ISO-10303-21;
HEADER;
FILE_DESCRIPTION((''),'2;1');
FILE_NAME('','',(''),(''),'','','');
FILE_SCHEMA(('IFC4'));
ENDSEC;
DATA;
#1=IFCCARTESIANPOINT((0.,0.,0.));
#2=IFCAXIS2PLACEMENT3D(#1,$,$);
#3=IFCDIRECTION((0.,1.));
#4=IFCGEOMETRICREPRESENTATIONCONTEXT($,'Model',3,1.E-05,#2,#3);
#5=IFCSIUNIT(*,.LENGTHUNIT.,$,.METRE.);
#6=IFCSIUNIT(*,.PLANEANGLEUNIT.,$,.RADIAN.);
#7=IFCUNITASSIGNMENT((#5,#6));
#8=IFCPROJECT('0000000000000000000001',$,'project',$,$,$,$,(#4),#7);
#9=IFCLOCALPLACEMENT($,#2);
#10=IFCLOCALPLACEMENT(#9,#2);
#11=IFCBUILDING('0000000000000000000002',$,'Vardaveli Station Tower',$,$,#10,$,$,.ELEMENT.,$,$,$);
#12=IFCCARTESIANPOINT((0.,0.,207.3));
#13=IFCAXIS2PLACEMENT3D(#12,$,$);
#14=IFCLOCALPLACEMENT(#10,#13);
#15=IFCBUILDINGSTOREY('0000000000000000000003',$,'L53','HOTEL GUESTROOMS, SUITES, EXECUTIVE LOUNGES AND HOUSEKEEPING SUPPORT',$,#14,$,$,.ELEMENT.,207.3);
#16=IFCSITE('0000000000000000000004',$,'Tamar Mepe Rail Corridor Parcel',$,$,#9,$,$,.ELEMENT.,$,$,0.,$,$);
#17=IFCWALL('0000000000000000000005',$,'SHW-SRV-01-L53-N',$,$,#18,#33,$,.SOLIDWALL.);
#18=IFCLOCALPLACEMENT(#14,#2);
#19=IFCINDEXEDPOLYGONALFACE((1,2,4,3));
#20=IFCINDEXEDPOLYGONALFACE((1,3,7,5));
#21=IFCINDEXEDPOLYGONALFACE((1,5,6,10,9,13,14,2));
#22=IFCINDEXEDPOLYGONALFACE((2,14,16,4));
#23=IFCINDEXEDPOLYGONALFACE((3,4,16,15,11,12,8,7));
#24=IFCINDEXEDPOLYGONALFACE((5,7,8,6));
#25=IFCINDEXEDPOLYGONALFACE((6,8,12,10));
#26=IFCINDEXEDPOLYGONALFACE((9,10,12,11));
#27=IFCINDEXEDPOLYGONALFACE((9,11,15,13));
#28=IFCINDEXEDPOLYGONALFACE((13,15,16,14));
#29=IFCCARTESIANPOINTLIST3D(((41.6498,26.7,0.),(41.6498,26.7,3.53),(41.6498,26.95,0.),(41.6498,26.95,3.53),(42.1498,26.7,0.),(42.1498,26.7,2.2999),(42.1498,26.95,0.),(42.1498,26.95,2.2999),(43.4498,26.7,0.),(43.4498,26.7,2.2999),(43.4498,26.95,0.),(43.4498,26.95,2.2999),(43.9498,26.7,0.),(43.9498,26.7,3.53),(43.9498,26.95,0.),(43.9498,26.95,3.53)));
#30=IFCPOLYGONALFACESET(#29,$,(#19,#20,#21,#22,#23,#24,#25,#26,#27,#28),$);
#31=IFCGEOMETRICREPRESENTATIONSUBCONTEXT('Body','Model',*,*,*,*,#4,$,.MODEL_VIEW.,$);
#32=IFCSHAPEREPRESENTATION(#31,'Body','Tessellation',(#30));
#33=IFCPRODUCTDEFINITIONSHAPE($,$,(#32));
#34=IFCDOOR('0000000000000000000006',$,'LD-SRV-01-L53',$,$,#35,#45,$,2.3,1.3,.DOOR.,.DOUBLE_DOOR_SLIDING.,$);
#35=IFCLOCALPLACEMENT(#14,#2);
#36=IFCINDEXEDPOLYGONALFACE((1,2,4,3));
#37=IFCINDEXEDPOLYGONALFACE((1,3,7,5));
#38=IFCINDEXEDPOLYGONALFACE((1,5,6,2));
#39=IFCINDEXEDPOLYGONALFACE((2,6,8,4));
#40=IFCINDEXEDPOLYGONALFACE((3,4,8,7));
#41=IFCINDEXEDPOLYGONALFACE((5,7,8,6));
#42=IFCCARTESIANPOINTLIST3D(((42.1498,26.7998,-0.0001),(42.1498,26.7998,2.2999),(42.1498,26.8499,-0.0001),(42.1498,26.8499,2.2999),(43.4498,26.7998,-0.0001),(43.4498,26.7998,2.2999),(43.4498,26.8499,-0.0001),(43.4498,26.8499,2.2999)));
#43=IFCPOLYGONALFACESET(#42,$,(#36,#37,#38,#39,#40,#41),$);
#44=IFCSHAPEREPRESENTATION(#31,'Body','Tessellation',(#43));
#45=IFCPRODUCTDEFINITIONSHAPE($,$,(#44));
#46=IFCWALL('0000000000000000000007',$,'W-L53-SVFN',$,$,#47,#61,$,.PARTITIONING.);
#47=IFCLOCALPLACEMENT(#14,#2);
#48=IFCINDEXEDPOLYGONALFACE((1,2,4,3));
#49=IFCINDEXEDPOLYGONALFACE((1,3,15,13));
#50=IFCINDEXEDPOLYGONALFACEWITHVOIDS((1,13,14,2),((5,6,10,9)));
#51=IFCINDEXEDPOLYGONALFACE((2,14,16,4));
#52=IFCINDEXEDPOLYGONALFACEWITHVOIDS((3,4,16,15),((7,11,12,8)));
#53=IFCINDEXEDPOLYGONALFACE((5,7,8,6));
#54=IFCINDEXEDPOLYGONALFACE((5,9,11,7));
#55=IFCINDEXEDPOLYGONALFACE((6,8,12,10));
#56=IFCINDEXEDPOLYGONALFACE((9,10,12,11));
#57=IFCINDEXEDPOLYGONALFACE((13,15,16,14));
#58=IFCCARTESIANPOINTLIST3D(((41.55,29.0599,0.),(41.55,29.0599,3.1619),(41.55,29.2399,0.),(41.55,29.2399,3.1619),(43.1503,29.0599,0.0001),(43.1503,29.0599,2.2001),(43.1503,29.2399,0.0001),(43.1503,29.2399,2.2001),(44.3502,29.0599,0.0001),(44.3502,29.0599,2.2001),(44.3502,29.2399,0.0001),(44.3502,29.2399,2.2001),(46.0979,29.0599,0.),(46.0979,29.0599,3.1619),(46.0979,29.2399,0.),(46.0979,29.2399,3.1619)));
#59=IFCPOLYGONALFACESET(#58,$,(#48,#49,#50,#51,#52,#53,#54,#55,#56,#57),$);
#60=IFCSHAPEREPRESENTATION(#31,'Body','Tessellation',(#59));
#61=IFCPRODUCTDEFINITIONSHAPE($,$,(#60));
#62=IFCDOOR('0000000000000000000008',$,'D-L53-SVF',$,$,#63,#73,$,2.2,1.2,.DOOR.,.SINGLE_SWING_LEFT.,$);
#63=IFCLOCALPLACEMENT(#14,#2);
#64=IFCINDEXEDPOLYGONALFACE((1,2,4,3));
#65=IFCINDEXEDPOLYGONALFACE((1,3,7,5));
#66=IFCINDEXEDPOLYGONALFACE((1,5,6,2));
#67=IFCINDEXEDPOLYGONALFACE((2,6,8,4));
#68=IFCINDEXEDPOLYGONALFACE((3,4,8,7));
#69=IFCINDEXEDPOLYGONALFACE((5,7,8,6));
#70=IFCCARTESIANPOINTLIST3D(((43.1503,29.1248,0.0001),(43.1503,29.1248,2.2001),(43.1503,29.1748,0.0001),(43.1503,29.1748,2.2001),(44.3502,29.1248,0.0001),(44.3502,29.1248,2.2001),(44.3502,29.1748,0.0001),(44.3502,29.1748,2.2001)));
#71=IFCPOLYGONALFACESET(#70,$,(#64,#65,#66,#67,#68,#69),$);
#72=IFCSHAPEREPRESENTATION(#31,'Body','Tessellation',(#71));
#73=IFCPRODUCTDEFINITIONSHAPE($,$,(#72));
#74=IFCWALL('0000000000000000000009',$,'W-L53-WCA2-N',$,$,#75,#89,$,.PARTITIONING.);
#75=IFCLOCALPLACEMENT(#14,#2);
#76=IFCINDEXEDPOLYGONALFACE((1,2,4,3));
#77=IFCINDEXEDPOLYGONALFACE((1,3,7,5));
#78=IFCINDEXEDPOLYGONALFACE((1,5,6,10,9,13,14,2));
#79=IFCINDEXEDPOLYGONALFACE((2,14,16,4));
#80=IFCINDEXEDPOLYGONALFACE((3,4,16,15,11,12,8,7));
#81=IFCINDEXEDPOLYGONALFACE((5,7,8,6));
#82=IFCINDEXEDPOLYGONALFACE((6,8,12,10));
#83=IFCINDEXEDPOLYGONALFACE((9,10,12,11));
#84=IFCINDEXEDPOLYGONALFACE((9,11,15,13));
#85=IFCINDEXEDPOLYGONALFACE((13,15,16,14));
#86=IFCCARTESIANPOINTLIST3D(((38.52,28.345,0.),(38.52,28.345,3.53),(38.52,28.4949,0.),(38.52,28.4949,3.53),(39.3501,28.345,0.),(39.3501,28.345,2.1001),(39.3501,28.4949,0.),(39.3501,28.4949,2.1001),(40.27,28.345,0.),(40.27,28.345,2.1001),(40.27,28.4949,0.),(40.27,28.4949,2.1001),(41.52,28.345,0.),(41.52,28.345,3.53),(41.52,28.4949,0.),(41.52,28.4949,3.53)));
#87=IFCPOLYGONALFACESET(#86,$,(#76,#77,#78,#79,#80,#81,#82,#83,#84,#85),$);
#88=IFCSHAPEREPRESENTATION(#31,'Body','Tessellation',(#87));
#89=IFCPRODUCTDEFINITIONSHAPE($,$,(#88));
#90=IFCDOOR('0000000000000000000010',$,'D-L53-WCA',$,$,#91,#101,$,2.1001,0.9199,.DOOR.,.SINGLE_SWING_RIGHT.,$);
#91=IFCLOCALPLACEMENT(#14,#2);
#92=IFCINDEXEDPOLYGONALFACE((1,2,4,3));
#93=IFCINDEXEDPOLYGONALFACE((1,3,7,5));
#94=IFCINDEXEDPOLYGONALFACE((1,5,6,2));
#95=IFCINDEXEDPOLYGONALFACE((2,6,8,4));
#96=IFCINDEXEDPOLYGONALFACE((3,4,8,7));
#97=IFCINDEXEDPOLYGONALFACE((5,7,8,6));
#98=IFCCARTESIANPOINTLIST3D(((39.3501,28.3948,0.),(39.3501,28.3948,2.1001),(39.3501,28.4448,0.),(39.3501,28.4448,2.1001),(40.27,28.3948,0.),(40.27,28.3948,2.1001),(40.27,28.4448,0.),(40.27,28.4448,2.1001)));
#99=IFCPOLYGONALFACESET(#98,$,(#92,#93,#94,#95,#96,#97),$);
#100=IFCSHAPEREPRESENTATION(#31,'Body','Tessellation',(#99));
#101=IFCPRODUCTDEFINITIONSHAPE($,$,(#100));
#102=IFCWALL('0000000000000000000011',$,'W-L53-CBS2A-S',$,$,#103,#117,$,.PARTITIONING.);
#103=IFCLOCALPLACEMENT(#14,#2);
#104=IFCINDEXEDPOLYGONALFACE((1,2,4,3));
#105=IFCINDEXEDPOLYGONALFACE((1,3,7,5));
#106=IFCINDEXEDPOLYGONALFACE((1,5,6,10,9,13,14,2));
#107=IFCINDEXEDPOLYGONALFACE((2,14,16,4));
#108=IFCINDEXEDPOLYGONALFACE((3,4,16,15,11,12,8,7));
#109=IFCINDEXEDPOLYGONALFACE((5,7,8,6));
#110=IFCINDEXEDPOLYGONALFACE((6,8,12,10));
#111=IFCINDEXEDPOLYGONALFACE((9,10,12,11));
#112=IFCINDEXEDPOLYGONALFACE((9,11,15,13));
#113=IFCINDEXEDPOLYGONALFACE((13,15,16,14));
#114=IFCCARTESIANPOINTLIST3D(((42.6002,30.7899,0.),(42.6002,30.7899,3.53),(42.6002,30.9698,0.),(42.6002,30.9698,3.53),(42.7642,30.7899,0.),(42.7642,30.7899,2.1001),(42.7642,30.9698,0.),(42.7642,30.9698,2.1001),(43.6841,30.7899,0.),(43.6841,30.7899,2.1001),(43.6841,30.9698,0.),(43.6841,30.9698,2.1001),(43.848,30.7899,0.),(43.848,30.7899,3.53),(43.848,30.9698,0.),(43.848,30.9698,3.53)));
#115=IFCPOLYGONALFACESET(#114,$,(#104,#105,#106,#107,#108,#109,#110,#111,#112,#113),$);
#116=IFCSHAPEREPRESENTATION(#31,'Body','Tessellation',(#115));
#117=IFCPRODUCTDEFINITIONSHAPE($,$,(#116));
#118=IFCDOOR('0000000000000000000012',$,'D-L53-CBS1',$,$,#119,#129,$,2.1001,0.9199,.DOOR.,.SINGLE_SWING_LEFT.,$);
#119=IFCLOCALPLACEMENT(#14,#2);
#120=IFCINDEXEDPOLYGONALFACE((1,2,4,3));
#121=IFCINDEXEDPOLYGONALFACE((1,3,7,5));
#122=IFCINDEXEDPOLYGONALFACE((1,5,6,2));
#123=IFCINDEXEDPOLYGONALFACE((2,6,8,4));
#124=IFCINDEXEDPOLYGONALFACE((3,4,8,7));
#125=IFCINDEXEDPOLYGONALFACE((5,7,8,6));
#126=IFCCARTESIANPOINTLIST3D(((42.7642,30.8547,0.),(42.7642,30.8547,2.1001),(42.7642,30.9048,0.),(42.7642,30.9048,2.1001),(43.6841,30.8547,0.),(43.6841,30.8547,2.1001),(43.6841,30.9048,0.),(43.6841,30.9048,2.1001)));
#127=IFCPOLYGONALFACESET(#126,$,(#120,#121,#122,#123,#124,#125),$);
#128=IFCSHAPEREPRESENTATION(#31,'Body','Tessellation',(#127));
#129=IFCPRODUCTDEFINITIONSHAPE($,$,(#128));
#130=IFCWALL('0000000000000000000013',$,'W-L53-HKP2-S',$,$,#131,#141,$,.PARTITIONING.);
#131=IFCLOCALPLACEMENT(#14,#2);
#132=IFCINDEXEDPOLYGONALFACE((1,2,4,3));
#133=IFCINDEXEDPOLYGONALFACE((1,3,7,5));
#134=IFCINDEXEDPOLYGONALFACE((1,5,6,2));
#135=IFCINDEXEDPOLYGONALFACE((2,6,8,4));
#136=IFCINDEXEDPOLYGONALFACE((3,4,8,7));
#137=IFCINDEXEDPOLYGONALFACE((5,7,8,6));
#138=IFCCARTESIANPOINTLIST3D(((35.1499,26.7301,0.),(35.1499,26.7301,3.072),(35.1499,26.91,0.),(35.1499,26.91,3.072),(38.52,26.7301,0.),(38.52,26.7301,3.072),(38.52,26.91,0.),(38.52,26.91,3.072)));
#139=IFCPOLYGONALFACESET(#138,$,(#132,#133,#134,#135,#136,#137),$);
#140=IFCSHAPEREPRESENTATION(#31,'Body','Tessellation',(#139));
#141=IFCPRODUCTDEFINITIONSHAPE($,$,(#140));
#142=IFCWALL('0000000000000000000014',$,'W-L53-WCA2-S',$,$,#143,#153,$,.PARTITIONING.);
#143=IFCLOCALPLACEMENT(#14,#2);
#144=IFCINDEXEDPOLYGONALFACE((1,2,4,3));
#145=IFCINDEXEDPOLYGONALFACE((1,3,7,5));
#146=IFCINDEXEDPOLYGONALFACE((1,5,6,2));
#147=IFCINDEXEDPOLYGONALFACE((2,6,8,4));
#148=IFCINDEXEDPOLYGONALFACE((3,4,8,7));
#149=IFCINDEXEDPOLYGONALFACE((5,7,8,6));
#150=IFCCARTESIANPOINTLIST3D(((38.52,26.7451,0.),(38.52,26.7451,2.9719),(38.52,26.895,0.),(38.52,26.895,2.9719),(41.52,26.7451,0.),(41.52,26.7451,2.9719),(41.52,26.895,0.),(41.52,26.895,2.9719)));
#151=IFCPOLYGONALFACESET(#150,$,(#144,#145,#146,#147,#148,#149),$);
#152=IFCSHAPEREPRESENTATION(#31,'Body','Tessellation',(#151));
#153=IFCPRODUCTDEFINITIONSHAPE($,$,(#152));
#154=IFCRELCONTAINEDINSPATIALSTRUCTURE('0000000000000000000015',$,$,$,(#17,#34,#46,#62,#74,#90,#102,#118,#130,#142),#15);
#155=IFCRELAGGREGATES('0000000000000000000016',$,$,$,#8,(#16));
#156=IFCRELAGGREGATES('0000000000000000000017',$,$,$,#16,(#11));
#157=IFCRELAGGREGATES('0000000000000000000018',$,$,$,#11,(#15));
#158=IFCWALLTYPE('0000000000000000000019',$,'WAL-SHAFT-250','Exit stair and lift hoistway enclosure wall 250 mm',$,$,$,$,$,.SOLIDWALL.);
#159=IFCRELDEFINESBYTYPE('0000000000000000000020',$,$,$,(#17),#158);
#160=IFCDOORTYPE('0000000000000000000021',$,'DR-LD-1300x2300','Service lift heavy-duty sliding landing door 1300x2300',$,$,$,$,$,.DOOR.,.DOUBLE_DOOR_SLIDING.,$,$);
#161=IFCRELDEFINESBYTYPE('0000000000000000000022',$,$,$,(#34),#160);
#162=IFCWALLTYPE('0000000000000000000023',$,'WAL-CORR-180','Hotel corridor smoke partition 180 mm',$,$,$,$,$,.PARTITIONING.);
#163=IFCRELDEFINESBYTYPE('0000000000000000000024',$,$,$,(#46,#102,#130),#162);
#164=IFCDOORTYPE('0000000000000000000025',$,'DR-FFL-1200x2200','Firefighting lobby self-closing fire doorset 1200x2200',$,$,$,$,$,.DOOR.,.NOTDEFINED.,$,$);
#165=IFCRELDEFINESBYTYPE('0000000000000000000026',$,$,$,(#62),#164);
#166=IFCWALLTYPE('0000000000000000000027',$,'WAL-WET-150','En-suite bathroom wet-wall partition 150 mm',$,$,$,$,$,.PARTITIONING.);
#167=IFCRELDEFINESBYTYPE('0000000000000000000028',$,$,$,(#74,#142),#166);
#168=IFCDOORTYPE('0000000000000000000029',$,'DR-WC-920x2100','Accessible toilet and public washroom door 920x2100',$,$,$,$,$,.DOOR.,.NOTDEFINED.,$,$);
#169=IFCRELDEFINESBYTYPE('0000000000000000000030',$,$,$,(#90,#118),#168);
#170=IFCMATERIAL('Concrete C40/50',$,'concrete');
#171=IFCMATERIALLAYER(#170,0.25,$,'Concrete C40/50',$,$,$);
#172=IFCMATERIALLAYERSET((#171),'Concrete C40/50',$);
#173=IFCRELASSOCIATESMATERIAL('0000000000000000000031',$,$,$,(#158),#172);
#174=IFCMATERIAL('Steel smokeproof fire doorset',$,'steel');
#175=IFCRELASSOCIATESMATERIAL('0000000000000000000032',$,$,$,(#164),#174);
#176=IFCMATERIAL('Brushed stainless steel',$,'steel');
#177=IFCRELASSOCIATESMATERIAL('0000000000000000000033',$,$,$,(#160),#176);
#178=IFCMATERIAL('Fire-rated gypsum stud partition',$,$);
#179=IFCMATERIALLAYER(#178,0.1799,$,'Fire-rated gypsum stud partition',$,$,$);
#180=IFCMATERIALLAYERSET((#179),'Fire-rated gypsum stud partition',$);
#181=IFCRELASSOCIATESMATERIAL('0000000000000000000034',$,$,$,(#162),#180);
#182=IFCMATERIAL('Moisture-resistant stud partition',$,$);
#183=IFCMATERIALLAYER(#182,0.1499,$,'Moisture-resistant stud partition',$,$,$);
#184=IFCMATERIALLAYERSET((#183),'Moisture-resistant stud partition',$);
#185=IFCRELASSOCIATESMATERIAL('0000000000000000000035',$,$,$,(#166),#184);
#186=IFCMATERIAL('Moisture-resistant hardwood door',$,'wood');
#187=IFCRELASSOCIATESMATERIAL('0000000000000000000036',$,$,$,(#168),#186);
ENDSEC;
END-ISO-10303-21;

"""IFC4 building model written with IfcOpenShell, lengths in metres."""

from ifc_helpers import new_model, si_unit, direction, frame, frame_2d, origin, place, context, subcontext, project, spatial, rectangle, extrude, source, transform, mapped, material, layer, layer_set, type_object, element, fill, save


model = new_model("IFC4")

# Units and contexts
model_context = context("Model", 3, precision=1e-05, world=origin(), true_north=direction((0.0, 1.0)))
body_context = subcontext(model_context, "Body", "Model", "MODEL_VIEW")
ifc_project = project(units=[si_unit("LENGTHUNIT", "METRE"), si_unit("PLANEANGLEUNIT", "RADIAN")], contexts=[model_context])

# Site, building, storey
site_placement = place(None, origin())
site = spatial("IfcSite", under=ifc_project, at=site_placement, Name="Tamar Mepe Rail Corridor Parcel", CompositionType="ELEMENT", RefElevation=0.0)
building_placement = place(site_placement, origin())
building = spatial("IfcBuilding", under=site, at=building_placement, Name="Vardaveli Station Tower", CompositionType="ELEMENT")
storey_placement = place(building_placement, frame((0.0, 0.0, 207.3)))
storey = spatial("IfcBuildingStorey", under=building, at=storey_placement, Name="L53", Description="HOTEL GUESTROOMS, SUITES, EXECUTIVE LOUNGES AND HOUSEKEEPING SUPPORT", CompositionType="ELEMENT", Elevation=207.3)

# Shared definitions
ifc_material_1 = material(Name="Concrete C40/50", Category="concrete")
ifc_layer_1 = layer(ifc_material_1, 0.25, Name="Concrete C40/50")
ifc_layer_set_1 = layer_set([ifc_layer_1], Name="Concrete C40/50")
wall_type_1 = type_object("IfcWallType", Name="WAL-SHAFT-250", Description="Exit stair and lift hoistway enclosure wall 250 mm", PredefinedType="SOLIDWALL", material=ifc_layer_set_1)

# Walls, openings, doors
ifc_material_2 = material(Name="Steel smokeproof fire doorset", Category="steel")
door_type_1 = type_object("IfcDoorType", Name="DR-FFL-1200x2200", Description="Firefighting lobby self-closing fire doorset 1200x2200", OperationType="NOTDEFINED", PredefinedType="DOOR", material=ifc_material_2)
shared_shape_1 = source(origin(), body_context, "Body", "SweptSolid", [
    extrude(rectangle(XDim=1.2, YDim=2.2, at=frame_2d((0.6001, 1.1001))), frame((0.0, 0.0249, 0.0), z_axis=(0.0, -1.0, 0.0), x_axis=(1.0, 0.0, 0.0)), (0.0, 0.0, 1.0), 0.05),
])
shared_shape_2 = source(origin(), body_context, "Body", "SweptSolid", [
    extrude(rectangle(XDim=2.3, YDim=0.25, at=frame_2d((1.1499, 0.0))), origin(), (0.0, 0.0, 1.0), 3.53),
])
wall_1_placement = place(storey_placement, frame((41.6499, 26.825, 0.0), z_axis=(0.0, 0.0, 1.0), x_axis=(1.0, 0.0, 0.0)))
wall_1 = element("IfcWall", 1, at=wall_1_placement, inside=storey, type_object=wall_type_1, Name="SHW-SRV-01-L53-N", PredefinedType="SOLIDWALL", context=body_context, shape_type="MappedRepresentation", body=[
    mapped(shared_shape_2, transform((0.0, 0.0, 0.0), scale=1.0)),
])
shared_shape_3 = source(origin(), body_context, "Body", "SweptSolid", [
    extrude(rectangle(XDim=1.3, YDim=2.3, at=frame_2d((0.6499, 1.1499))), frame((0.0, 0.135, 0.0), z_axis=(0.0, -1.0, 0.0), x_axis=(1.0, 0.0, 0.0)), (0.0, 0.0, 1.0), 0.27),
])
opening_1_placement = place(wall_1_placement, frame((0.5, 0.0, 0.0)))
opening_1 = element("IfcOpeningElement", 2, at=opening_1_placement, cuts=wall_1, PredefinedType="OPENING", context=body_context, shape_type="MappedRepresentation", body=[
    mapped(shared_shape_3, transform((0.0, 0.0, 0.0), scale=1.0)),
])
ifc_material_3 = material(Name="Brushed stainless steel", Category="steel")
door_type_2 = type_object("IfcDoorType", Name="DR-LD-1300x2300", Description="Service lift heavy-duty sliding landing door 1300x2300", OperationType="DOUBLE_DOOR_SLIDING", PredefinedType="DOOR", material=ifc_material_3)
shared_shape_4 = source(origin(), body_context, "Body", "SweptSolid", [
    extrude(rectangle(XDim=1.3, YDim=2.3, at=frame_2d((0.6499, 1.1499))), frame((0.0, 0.0249, 0.0), z_axis=(0.0, -1.0, 0.0), x_axis=(1.0, 0.0, 0.0)), (0.0, 0.0, 1.0), 0.05),
])
door_1_placement = place(opening_1_placement, origin())
door_1 = element("IfcDoor", 3, at=door_1_placement, inside=storey, type_object=door_type_2, Name="LD-SRV-01-L53", OperationType="DOUBLE_DOOR_SLIDING", OverallHeight=2.3, OverallWidth=1.3, PredefinedType="DOOR", context=body_context, shape_type="MappedRepresentation", body=[
    mapped(shared_shape_4, transform((0.0, 0.0, 0.0), scale=1.0)),
])
fill(opening_1, door_1)
ifc_material_4 = material(Name="Fire-rated gypsum stud partition")
ifc_layer_2 = layer(ifc_material_4, 0.1799, Name="Fire-rated gypsum stud partition")
ifc_layer_set_2 = layer_set([ifc_layer_2], Name="Fire-rated gypsum stud partition")
wall_type_2 = type_object("IfcWallType", Name="WAL-CORR-180", Description="Hotel corridor smoke partition 180 mm", PredefinedType="PARTITIONING", material=ifc_layer_set_2)
shared_shape_5 = source(origin(), body_context, "Body", "SweptSolid", [
    extrude(rectangle(XDim=4.5479, YDim=0.1799, at=frame_2d((2.2739, 0.0))), origin(), (0.0, 0.0, 1.0), 3.1619),
])
wall_2_placement = place(storey_placement, frame((41.55, 29.1499, 0.0), z_axis=(0.0, 0.0, 1.0), x_axis=(1.0, 0.0, 0.0)))
wall_2 = element("IfcWall", 4, at=wall_2_placement, inside=storey, type_object=wall_type_2, Name="W-L53-SVFN", PredefinedType="PARTITIONING", context=body_context, shape_type="MappedRepresentation", body=[
    mapped(shared_shape_5, transform((0.0, 0.0, 0.0), scale=1.0)),
])
shared_shape_6 = source(origin(), body_context, "Body", "SweptSolid", [
    extrude(rectangle(XDim=1.2, YDim=2.2, at=frame_2d((0.6001, 1.1001))), frame((0.0, 0.1001, 0.0), z_axis=(0.0, -1.0, 0.0), x_axis=(1.0, 0.0, 0.0)), (0.0, 0.0, 1.0), 0.2),
])
opening_2_placement = place(wall_2_placement, frame((1.6001, 0.0, 0.0)))
opening_2 = element("IfcOpeningElement", 5, at=opening_2_placement, cuts=wall_2, PredefinedType="OPENING", context=body_context, shape_type="MappedRepresentation", body=[
    mapped(shared_shape_6, transform((0.0, 0.0, 0.0), scale=1.0)),
])
door_2_placement = place(opening_2_placement, origin())
door_2 = element("IfcDoor", 6, at=door_2_placement, inside=storey, type_object=door_type_1, Name="D-L53-SVF", OperationType="SINGLE_SWING_LEFT", OverallHeight=2.2, OverallWidth=1.2, PredefinedType="DOOR", context=body_context, shape_type="MappedRepresentation", body=[
    mapped(shared_shape_1, transform((0.0, 0.0, 0.0), scale=1.0)),
])
fill(opening_2, door_2)
ifc_material_5 = material(Name="Moisture-resistant stud partition")
ifc_layer_3 = layer(ifc_material_5, 0.1499, Name="Moisture-resistant stud partition")
ifc_layer_set_3 = layer_set([ifc_layer_3], Name="Moisture-resistant stud partition")
wall_type_3 = type_object("IfcWallType", Name="WAL-WET-150", Description="En-suite bathroom wet-wall partition 150 mm", PredefinedType="PARTITIONING", material=ifc_layer_set_3)
shared_shape_7 = source(origin(), body_context, "Body", "SweptSolid", [
    extrude(rectangle(XDim=3.0, YDim=0.1499, at=frame_2d((1.5, 0.0))), origin(), (0.0, 0.0, 1.0), 3.53),
])
wall_3_placement = place(storey_placement, frame((38.52, 28.4199, 0.0), z_axis=(0.0, 0.0, 1.0), x_axis=(1.0, 0.0, 0.0)))
wall_3 = element("IfcWall", 7, at=wall_3_placement, inside=storey, type_object=wall_type_3, Name="W-L53-WCA2-N", PredefinedType="PARTITIONING", context=body_context, shape_type="MappedRepresentation", body=[
    mapped(shared_shape_7, transform((0.0, 0.0, 0.0), scale=1.0)),
])
shared_shape_8 = source(origin(), body_context, "Body", "SweptSolid", [
    extrude(rectangle(XDim=0.9199, YDim=2.1001, at=frame_2d((0.46, 1.05))), frame((0.0, 0.085, 0.0), z_axis=(0.0, -1.0, 0.0), x_axis=(1.0, 0.0, 0.0)), (0.0, 0.0, 1.0), 0.1699),
])
opening_3_placement = place(wall_3_placement, frame((0.8301, 0.0, 0.0)))
opening_3 = element("IfcOpeningElement", 8, at=opening_3_placement, cuts=wall_3, PredefinedType="OPENING", context=body_context, shape_type="MappedRepresentation", body=[
    mapped(shared_shape_8, transform((0.0, 0.0, 0.0), scale=1.0)),
])
ifc_material_6 = material(Name="Moisture-resistant hardwood door", Category="wood")
door_type_3 = type_object("IfcDoorType", Name="DR-WC-920x2100", Description="Accessible toilet and public washroom door 920x2100", OperationType="NOTDEFINED", PredefinedType="DOOR", material=ifc_material_6)
shared_shape_9 = source(origin(), body_context, "Body", "SweptSolid", [
    extrude(rectangle(XDim=0.9199, YDim=2.1001, at=frame_2d((0.46, 1.05))), frame((0.0, 0.0249, 0.0), z_axis=(0.0, -1.0, 0.0), x_axis=(1.0, 0.0, 0.0)), (0.0, 0.0, 1.0), 0.05),
])
door_3_placement = place(opening_3_placement, origin())
door_3 = element("IfcDoor", 9, at=door_3_placement, inside=storey, type_object=door_type_3, Name="D-L53-WCA", OperationType="SINGLE_SWING_RIGHT", OverallHeight=2.1001, OverallWidth=0.9199, PredefinedType="DOOR", context=body_context, shape_type="MappedRepresentation", body=[
    mapped(shared_shape_9, transform((0.0, 0.0, 0.0), scale=1.0)),
])
fill(opening_3, door_3)
shared_shape_10 = source(origin(), body_context, "Body", "SweptSolid", [
    extrude(rectangle(XDim=1.2478, YDim=0.1799, at=frame_2d((0.624, 0.0))), origin(), (0.0, 0.0, 1.0), 3.53),
])
wall_4_placement = place(storey_placement, frame((42.6001, 30.8799, 0.0), z_axis=(0.0, 0.0, 1.0), x_axis=(1.0, 0.0, 0.0)))
wall_4 = element("IfcWall", 10, at=wall_4_placement, inside=storey, type_object=wall_type_2, Name="W-L53-CBS2A-S", PredefinedType="PARTITIONING", context=body_context, shape_type="MappedRepresentation", body=[
    mapped(shared_shape_10, transform((0.0, 0.0, 0.0), scale=1.0)),
])
shared_shape_11 = source(origin(), body_context, "Body", "SweptSolid", [
    extrude(rectangle(XDim=0.9199, YDim=2.1001, at=frame_2d((0.46, 1.05))), frame((0.0, 0.1001, 0.0), z_axis=(0.0, -1.0, 0.0), x_axis=(1.0, 0.0, 0.0)), (0.0, 0.0, 1.0), 0.2),
])
opening_4_placement = place(wall_4_placement, frame((0.1641, 0.0, 0.0)))
opening_4 = element("IfcOpeningElement", 11, at=opening_4_placement, cuts=wall_4, PredefinedType="OPENING", context=body_context, shape_type="MappedRepresentation", body=[
    mapped(shared_shape_11, transform((0.0, 0.0, 0.0), scale=1.0)),
])
door_4_placement = place(opening_4_placement, origin())
door_4 = element("IfcDoor", 12, at=door_4_placement, inside=storey, type_object=door_type_3, Name="D-L53-CBS1", OperationType="SINGLE_SWING_LEFT", OverallHeight=2.1001, OverallWidth=0.9199, PredefinedType="DOOR", context=body_context, shape_type="MappedRepresentation", body=[
    mapped(shared_shape_9, transform((0.0, 0.0, 0.0), scale=1.0)),
])
fill(opening_4, door_4)

# Walls
shared_shape_12 = source(origin(), body_context, "Body", "SweptSolid", [
    extrude(rectangle(XDim=3.3701, YDim=0.1799, at=frame_2d((1.6851, 0.0))), origin(), (0.0, 0.0, 1.0), 3.072),
])
wall_5_placement = place(storey_placement, frame((35.1499, 26.8201, 0.0), z_axis=(0.0, 0.0, 1.0), x_axis=(1.0, 0.0, 0.0)))
element("IfcWall", 13, at=wall_5_placement, inside=storey, type_object=wall_type_2, Name="W-L53-HKP2-S", PredefinedType="PARTITIONING", context=body_context, shape_type="MappedRepresentation", body=[
    mapped(shared_shape_12, transform((0.0, 0.0, 0.0), scale=1.0)),
])
shared_shape_13 = source(origin(), body_context, "Body", "SweptSolid", [
    extrude(rectangle(XDim=3.0, YDim=0.1499, at=frame_2d((1.5, 0.0))), origin(), (0.0, 0.0, 1.0), 2.9719),
])
wall_6_placement = place(storey_placement, frame((38.52, 26.8201, 0.0), z_axis=(0.0, 0.0, 1.0), x_axis=(1.0, 0.0, 0.0)))
element("IfcWall", 14, at=wall_6_placement, inside=storey, type_object=wall_type_3, Name="W-L53-WCA2-S", PredefinedType="PARTITIONING", context=body_context, shape_type="MappedRepresentation", body=[
    mapped(shared_shape_13, transform((0.0, 0.0, 0.0), scale=1.0)),
])

save(model, "model.ifc")
